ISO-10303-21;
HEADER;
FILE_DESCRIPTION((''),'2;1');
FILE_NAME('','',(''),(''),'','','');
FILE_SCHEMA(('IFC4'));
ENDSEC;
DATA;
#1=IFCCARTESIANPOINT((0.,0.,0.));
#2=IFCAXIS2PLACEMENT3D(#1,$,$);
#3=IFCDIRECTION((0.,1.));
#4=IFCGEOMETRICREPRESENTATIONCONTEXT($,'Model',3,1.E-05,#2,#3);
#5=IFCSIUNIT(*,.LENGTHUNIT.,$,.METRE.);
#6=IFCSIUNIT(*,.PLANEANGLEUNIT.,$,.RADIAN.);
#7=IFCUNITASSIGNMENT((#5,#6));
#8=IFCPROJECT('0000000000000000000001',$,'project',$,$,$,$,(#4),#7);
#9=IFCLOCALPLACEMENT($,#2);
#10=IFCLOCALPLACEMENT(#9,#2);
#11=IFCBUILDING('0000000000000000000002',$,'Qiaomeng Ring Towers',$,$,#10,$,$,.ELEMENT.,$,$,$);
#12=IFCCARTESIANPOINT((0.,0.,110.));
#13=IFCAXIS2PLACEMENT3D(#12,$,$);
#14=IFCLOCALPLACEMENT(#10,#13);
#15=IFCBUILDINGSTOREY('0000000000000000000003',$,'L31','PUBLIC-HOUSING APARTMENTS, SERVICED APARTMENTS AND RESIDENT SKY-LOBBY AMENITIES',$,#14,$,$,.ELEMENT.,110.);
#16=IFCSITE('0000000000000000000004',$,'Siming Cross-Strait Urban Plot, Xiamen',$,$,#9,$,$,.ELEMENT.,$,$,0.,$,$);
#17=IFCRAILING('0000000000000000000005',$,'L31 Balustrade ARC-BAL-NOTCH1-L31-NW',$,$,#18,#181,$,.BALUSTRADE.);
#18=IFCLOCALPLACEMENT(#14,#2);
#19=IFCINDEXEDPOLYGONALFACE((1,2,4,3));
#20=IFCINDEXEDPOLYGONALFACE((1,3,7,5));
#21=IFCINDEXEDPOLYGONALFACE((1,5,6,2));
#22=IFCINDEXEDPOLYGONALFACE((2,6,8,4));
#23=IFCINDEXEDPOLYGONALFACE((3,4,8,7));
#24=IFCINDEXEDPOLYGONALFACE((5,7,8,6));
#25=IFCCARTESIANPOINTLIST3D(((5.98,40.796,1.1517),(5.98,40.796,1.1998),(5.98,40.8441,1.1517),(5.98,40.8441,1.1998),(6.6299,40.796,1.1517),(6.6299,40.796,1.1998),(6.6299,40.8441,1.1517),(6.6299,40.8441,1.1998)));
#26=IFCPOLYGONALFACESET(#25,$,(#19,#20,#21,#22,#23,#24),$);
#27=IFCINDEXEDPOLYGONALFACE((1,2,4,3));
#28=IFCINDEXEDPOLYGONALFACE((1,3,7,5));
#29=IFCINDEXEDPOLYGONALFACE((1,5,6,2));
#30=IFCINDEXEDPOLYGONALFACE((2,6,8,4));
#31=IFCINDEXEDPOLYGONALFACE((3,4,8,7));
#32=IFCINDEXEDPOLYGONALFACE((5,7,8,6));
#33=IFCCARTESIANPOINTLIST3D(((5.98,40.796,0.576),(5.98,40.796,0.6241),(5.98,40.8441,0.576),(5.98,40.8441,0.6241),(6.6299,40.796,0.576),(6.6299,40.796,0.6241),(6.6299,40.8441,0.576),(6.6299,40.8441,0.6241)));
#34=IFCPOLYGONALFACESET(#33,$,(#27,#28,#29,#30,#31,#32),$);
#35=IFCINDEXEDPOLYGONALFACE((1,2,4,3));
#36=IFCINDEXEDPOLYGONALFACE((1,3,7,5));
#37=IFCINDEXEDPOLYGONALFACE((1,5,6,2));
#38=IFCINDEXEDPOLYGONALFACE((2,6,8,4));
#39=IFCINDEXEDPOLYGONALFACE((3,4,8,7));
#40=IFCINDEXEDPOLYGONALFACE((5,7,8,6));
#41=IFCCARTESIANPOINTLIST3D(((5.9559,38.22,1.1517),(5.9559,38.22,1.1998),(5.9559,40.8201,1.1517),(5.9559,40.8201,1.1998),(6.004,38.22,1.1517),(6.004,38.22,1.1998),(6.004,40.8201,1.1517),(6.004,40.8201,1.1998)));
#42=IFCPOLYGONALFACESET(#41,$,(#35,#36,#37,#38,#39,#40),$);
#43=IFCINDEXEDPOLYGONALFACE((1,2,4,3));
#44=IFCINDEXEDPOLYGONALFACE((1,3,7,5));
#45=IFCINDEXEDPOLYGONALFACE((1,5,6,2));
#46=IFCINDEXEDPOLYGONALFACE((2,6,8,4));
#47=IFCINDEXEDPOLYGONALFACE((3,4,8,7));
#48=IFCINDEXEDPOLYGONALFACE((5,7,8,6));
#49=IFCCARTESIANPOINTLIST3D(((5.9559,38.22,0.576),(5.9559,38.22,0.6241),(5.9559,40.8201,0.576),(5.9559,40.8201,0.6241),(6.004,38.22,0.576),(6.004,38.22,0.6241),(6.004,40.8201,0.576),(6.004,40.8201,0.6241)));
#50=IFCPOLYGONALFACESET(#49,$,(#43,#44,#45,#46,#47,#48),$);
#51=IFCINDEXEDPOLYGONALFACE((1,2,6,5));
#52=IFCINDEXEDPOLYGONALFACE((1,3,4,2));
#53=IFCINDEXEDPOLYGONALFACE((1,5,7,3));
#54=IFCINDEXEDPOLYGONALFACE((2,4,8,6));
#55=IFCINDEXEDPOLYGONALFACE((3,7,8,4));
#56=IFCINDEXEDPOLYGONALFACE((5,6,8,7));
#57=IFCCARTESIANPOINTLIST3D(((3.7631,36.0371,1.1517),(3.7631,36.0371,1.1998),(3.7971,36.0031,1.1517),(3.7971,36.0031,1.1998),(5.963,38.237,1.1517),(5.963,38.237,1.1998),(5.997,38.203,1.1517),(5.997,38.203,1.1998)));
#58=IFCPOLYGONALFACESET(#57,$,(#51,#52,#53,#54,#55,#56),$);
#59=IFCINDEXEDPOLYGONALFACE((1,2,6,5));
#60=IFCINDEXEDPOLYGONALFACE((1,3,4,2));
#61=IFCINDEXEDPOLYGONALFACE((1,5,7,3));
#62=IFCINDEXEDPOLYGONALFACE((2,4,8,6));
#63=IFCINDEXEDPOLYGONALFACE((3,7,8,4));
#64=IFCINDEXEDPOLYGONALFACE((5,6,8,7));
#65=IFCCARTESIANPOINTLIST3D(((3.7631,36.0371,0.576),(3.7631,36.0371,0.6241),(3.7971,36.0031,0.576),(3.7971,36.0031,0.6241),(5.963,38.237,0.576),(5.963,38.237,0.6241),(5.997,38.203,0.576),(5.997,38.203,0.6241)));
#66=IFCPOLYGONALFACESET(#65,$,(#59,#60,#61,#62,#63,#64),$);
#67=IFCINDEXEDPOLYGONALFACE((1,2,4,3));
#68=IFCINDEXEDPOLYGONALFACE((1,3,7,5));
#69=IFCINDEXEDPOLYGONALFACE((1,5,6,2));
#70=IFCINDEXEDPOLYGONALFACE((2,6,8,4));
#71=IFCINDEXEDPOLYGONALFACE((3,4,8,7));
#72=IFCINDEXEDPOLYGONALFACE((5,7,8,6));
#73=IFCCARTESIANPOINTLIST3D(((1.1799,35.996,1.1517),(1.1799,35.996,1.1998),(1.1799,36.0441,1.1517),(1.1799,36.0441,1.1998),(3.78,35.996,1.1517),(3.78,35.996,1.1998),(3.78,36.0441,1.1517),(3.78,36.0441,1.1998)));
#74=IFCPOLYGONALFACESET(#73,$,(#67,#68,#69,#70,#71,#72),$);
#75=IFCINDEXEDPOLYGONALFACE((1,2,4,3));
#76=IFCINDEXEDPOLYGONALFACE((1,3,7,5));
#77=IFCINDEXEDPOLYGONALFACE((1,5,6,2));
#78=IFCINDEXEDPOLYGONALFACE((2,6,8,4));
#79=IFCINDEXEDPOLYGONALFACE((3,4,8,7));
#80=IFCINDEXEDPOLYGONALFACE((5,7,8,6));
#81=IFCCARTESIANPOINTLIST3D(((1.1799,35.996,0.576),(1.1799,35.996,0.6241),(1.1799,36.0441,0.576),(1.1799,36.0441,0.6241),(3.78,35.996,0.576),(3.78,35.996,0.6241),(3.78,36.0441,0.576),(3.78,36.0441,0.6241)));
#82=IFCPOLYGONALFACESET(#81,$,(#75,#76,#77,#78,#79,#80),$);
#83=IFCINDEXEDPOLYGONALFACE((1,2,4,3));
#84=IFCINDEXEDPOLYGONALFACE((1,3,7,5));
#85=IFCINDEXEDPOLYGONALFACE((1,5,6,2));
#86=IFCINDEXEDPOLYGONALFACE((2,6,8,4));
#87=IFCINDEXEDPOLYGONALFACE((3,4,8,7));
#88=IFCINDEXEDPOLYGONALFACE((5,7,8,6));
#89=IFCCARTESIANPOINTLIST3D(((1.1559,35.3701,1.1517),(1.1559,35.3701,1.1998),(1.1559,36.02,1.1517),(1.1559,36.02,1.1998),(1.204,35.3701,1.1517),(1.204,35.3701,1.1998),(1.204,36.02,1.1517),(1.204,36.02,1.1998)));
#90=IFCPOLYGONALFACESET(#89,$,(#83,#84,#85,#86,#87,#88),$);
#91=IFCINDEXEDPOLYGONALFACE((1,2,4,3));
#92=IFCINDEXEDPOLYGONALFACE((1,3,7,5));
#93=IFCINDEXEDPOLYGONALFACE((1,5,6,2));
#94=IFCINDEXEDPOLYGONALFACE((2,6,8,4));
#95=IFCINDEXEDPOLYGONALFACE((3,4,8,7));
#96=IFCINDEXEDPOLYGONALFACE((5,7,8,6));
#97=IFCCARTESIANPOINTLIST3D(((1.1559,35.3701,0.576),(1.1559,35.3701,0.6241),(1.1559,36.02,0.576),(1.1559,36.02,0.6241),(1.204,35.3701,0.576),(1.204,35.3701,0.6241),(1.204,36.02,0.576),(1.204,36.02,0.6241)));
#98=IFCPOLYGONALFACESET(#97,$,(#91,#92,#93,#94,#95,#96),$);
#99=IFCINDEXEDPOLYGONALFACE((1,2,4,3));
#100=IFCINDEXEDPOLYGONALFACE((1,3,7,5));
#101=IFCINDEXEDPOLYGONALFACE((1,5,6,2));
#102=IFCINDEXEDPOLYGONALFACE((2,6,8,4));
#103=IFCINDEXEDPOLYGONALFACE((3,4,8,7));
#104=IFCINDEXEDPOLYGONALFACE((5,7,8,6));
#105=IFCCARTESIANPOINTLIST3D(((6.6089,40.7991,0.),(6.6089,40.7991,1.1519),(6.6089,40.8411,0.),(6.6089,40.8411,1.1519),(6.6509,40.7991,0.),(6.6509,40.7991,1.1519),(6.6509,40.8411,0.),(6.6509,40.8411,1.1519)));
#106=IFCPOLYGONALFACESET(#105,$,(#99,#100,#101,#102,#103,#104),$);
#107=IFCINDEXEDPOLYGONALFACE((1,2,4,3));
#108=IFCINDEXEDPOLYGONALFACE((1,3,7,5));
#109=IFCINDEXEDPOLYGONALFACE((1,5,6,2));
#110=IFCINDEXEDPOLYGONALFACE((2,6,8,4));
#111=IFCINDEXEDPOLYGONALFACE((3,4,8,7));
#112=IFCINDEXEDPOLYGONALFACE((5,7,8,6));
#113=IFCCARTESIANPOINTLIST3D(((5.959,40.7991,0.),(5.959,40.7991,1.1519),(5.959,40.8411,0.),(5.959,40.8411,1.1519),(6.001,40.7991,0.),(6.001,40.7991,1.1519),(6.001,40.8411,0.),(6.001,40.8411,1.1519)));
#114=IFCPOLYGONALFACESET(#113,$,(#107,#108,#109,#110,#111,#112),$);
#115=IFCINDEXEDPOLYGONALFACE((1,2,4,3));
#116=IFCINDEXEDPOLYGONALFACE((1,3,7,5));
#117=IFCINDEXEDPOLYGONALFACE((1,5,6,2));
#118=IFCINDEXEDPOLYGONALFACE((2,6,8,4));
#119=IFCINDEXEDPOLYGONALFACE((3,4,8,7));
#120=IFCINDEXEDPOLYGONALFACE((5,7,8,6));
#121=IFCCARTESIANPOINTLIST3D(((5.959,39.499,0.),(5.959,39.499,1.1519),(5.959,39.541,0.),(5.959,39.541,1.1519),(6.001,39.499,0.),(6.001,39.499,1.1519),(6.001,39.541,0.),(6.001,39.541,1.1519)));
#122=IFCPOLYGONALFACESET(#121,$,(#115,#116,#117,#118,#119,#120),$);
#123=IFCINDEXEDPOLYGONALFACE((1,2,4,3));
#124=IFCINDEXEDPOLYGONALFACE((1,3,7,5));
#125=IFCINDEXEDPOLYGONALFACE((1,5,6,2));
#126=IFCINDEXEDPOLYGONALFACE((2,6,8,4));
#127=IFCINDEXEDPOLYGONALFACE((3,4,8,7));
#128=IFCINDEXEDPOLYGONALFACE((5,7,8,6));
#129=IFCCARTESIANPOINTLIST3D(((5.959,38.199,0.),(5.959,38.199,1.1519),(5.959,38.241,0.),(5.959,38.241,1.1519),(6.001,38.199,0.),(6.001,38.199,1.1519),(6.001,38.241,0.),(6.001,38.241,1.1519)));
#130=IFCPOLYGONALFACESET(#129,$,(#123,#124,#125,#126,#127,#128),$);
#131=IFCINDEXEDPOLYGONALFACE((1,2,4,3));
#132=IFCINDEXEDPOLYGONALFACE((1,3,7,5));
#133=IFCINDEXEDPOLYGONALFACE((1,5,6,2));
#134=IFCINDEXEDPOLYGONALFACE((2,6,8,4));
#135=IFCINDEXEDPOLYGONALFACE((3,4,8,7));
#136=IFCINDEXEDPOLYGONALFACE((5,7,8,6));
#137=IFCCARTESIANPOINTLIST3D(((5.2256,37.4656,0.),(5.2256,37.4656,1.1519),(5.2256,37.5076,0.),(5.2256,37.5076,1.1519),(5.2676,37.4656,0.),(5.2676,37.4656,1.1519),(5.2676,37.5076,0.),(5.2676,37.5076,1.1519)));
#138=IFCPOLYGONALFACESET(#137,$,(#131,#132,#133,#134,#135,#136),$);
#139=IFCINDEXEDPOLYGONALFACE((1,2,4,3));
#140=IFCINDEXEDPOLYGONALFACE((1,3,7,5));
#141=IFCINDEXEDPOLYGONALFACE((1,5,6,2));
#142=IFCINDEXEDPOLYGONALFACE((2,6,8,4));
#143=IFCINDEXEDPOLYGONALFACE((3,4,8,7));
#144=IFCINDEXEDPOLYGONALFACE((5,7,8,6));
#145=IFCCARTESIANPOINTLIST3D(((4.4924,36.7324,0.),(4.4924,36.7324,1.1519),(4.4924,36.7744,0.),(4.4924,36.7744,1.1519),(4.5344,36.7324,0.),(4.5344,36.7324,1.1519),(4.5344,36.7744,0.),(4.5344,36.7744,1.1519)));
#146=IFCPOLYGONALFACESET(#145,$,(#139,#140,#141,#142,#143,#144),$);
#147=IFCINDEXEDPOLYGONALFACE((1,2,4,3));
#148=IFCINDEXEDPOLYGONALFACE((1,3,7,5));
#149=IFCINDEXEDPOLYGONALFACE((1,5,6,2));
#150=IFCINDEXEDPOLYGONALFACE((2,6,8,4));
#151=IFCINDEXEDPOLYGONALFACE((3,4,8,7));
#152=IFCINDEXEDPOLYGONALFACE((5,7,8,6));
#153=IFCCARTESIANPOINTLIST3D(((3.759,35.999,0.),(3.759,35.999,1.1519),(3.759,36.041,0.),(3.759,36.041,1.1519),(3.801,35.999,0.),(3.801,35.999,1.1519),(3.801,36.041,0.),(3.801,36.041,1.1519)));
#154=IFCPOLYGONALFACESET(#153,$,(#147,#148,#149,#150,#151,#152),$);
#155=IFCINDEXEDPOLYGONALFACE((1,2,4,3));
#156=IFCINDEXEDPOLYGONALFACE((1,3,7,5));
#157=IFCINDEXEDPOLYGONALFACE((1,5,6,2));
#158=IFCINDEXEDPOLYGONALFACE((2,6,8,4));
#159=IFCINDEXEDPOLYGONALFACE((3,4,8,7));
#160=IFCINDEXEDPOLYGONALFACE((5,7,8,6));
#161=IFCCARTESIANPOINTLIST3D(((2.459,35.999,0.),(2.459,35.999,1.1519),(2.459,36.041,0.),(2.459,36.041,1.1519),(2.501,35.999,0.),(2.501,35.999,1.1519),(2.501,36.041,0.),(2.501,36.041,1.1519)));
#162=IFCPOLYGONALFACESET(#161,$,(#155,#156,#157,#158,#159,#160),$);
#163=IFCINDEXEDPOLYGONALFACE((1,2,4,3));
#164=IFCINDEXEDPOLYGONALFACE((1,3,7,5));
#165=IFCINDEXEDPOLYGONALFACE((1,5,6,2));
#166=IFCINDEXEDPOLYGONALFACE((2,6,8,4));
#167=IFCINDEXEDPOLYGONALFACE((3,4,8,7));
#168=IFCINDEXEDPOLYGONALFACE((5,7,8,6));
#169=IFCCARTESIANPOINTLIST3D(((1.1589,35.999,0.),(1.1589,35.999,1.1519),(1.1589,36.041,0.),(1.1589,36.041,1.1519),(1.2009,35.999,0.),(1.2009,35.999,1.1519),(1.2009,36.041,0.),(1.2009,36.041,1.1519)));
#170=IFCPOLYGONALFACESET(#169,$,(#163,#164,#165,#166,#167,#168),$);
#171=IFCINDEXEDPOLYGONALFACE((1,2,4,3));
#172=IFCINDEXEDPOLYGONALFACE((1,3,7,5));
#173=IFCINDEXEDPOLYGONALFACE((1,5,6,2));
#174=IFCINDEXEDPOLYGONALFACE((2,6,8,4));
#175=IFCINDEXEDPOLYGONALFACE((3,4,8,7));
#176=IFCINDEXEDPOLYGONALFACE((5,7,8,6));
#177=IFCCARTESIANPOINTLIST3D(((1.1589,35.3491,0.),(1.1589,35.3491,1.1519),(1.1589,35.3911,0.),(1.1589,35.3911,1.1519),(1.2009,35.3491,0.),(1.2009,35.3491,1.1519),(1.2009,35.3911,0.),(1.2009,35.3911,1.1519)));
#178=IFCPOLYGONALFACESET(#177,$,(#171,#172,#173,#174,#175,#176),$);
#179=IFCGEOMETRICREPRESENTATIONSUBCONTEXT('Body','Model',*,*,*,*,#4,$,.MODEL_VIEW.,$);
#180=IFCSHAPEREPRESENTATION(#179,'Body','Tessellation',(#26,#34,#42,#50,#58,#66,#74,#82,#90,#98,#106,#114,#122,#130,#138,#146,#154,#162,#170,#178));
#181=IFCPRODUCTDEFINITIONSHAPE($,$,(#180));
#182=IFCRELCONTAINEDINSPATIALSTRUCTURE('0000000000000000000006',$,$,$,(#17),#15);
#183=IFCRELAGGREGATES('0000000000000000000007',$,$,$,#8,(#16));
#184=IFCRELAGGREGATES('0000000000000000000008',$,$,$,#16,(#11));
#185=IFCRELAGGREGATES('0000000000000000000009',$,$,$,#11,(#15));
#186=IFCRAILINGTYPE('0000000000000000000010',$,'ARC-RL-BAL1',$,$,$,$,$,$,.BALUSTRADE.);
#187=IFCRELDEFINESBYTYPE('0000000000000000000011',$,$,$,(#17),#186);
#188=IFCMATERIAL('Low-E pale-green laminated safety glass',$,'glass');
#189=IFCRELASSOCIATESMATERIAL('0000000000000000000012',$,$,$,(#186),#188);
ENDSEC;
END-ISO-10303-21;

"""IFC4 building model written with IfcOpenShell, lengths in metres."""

from ifc_helpers import new_model, si_unit, direction, frame, origin, origin_2d, place, context, subcontext, project, spatial, rectangle, extrude, material, type_object, element, save


model = new_model("IFC4")

# Units and contexts
model_context = context("Model", 3, precision=1e-05, world=origin(), true_north=direction((0.0, 1.0)))
body_context = subcontext(model_context, "Body", "Model", "MODEL_VIEW")
ifc_project = project(units=[si_unit("LENGTHUNIT", "METRE"), si_unit("PLANEANGLEUNIT", "RADIAN")], contexts=[model_context])

# Site, building, storey
site_placement = place(None, origin())
site = spatial("IfcSite", under=ifc_project, at=site_placement, Name="Siming Cross-Strait Urban Plot, Xiamen", CompositionType="ELEMENT", RefElevation=0.0)
building_placement = place(site_placement, origin())
building = spatial("IfcBuilding", under=site, at=building_placement, Name="Qiaomeng Ring Towers", CompositionType="ELEMENT")
storey_placement = place(building_placement, frame((0.0, 0.0, 110.0)))
storey = spatial("IfcBuildingStorey", under=building, at=storey_placement, Name="L31", Description="PUBLIC-HOUSING APARTMENTS, SERVICED APARTMENTS AND RESIDENT SKY-LOBBY AMENITIES", CompositionType="ELEMENT", Elevation=110.0)

# Railing
ifc_material_1 = material(Name="Low-E pale-green laminated safety glass", Category="glass")
railing_type_1 = type_object("IfcRailingType", Name="ARC-RL-BAL1", PredefinedType="BALUSTRADE", material=ifc_material_1)
railing_1_placement = place(storey_placement, frame((6.6299, 40.8201, 0.0)))
element("IfcRailing", 1, at=railing_1_placement, inside=storey, type_object=railing_type_1, Name="L31 Balustrade ARC-BAL-NOTCH1-L31-NW", PredefinedType="BALUSTRADE", context=body_context, shape_type="SweptSolid", body=[
    extrude(rectangle(XDim=0.0481, YDim=0.0481, at=origin_2d()), frame((0.0, 0.0, 1.1758), z_axis=(-1.0, 0.0, 0.0), x_axis=(0.0, -1.0, 0.0)), (0.0, 0.0, 1.0), 0.6499),
    extrude(rectangle(XDim=0.0481, YDim=0.0481, at=origin_2d()), frame((0.0, 0.0, 0.6001), z_axis=(-1.0, 0.0, 0.0), x_axis=(0.0, -1.0, 0.0)), (0.0, 0.0, 1.0), 0.6499),
    extrude(rectangle(XDim=0.0481, YDim=0.0481, at=origin_2d()), frame((-0.6499, 0.0, 1.1758), z_axis=(0.0, -1.0, 0.0), x_axis=(1.0, 0.0, 0.0)), (0.0, 0.0, 1.0), 2.6001),
    extrude(rectangle(XDim=0.0481, YDim=0.0481, at=origin_2d()), frame((-0.6499, 0.0, 0.6001), z_axis=(0.0, -1.0, 0.0), x_axis=(1.0, 0.0, 0.0)), (0.0, 0.0, 1.0), 2.6001),
    extrude(rectangle(XDim=0.0481, YDim=0.0481, at=origin_2d()), frame((-0.6499, -2.6001, 1.1758), z_axis=(-0.707107, -0.707107, 0.0), x_axis=(0.707107, -0.707107, 0.0)), (0.0, 0.0, 1.0), 3.1111),
    extrude(rectangle(XDim=0.0481, YDim=0.0481, at=origin_2d()), frame((-0.6499, -2.6001, 0.6001), z_axis=(-0.707107, -0.707107, 0.0), x_axis=(0.707107, -0.707107, 0.0)), (0.0, 0.0, 1.0), 3.1111),
    extrude(rectangle(XDim=0.0481, YDim=0.0481, at=origin_2d()), frame((-2.8499, -4.8, 1.1758), z_axis=(-1.0, 0.0, 0.0), x_axis=(0.0, -1.0, 0.0)), (0.0, 0.0, 1.0), 2.6001),
    extrude(rectangle(XDim=0.0481, YDim=0.0481, at=origin_2d()), frame((-2.8499, -4.8, 0.6001), z_axis=(-1.0, 0.0, 0.0), x_axis=(0.0, -1.0, 0.0)), (0.0, 0.0, 1.0), 2.6001),
    extrude(rectangle(XDim=0.0481, YDim=0.0481, at=origin_2d()), frame((-5.45, -4.8, 1.1758), z_axis=(0.0, -1.0, 0.0), x_axis=(1.0, 0.0, 0.0)), (0.0, 0.0, 1.0), 0.6499),
    extrude(rectangle(XDim=0.0481, YDim=0.0481, at=origin_2d()), frame((-5.45, -4.8, 0.6001), z_axis=(0.0, -1.0, 0.0), x_axis=(1.0, 0.0, 0.0)), (0.0, 0.0, 1.0), 0.6499),
    extrude(rectangle(XDim=0.042, YDim=0.042, at=origin_2d()), origin(), (0.0, 0.0, 1.0), 1.1519),
    extrude(rectangle(XDim=0.042, YDim=0.042, at=origin_2d()), frame((-0.6499, 0.0, 0.0)), (0.0, 0.0, 1.0), 1.1519),
    extrude(rectangle(XDim=0.042, YDim=0.042, at=origin_2d()), frame((-0.6499, -1.3, 0.0)), (0.0, 0.0, 1.0), 1.1519),
    extrude(rectangle(XDim=0.042, YDim=0.042, at=origin_2d()), frame((-0.6499, -2.6001, 0.0)), (0.0, 0.0, 1.0), 1.1519),
    extrude(rectangle(XDim=0.042, YDim=0.042, at=origin_2d()), frame((-1.3833, -3.3335, 0.0)), (0.0, 0.0, 1.0), 1.1519),
    extrude(rectangle(XDim=0.042, YDim=0.042, at=origin_2d()), frame((-2.1165, -4.0667, 0.0)), (0.0, 0.0, 1.0), 1.1519),
    extrude(rectangle(XDim=0.042, YDim=0.042, at=origin_2d()), frame((-2.8499, -4.8, 0.0)), (0.0, 0.0, 1.0), 1.1519),
    extrude(rectangle(XDim=0.042, YDim=0.042, at=origin_2d()), frame((-4.1499, -4.8, 0.0)), (0.0, 0.0, 1.0), 1.1519),
    extrude(rectangle(XDim=0.042, YDim=0.042, at=origin_2d()), frame((-5.45, -4.8, 0.0)), (0.0, 0.0, 1.0), 1.1519),
    extrude(rectangle(XDim=0.042, YDim=0.042, at=origin_2d()), frame((-5.45, -5.45, 0.0)), (0.0, 0.0, 1.0), 1.1519),
])

save(model, "model.ifc")
